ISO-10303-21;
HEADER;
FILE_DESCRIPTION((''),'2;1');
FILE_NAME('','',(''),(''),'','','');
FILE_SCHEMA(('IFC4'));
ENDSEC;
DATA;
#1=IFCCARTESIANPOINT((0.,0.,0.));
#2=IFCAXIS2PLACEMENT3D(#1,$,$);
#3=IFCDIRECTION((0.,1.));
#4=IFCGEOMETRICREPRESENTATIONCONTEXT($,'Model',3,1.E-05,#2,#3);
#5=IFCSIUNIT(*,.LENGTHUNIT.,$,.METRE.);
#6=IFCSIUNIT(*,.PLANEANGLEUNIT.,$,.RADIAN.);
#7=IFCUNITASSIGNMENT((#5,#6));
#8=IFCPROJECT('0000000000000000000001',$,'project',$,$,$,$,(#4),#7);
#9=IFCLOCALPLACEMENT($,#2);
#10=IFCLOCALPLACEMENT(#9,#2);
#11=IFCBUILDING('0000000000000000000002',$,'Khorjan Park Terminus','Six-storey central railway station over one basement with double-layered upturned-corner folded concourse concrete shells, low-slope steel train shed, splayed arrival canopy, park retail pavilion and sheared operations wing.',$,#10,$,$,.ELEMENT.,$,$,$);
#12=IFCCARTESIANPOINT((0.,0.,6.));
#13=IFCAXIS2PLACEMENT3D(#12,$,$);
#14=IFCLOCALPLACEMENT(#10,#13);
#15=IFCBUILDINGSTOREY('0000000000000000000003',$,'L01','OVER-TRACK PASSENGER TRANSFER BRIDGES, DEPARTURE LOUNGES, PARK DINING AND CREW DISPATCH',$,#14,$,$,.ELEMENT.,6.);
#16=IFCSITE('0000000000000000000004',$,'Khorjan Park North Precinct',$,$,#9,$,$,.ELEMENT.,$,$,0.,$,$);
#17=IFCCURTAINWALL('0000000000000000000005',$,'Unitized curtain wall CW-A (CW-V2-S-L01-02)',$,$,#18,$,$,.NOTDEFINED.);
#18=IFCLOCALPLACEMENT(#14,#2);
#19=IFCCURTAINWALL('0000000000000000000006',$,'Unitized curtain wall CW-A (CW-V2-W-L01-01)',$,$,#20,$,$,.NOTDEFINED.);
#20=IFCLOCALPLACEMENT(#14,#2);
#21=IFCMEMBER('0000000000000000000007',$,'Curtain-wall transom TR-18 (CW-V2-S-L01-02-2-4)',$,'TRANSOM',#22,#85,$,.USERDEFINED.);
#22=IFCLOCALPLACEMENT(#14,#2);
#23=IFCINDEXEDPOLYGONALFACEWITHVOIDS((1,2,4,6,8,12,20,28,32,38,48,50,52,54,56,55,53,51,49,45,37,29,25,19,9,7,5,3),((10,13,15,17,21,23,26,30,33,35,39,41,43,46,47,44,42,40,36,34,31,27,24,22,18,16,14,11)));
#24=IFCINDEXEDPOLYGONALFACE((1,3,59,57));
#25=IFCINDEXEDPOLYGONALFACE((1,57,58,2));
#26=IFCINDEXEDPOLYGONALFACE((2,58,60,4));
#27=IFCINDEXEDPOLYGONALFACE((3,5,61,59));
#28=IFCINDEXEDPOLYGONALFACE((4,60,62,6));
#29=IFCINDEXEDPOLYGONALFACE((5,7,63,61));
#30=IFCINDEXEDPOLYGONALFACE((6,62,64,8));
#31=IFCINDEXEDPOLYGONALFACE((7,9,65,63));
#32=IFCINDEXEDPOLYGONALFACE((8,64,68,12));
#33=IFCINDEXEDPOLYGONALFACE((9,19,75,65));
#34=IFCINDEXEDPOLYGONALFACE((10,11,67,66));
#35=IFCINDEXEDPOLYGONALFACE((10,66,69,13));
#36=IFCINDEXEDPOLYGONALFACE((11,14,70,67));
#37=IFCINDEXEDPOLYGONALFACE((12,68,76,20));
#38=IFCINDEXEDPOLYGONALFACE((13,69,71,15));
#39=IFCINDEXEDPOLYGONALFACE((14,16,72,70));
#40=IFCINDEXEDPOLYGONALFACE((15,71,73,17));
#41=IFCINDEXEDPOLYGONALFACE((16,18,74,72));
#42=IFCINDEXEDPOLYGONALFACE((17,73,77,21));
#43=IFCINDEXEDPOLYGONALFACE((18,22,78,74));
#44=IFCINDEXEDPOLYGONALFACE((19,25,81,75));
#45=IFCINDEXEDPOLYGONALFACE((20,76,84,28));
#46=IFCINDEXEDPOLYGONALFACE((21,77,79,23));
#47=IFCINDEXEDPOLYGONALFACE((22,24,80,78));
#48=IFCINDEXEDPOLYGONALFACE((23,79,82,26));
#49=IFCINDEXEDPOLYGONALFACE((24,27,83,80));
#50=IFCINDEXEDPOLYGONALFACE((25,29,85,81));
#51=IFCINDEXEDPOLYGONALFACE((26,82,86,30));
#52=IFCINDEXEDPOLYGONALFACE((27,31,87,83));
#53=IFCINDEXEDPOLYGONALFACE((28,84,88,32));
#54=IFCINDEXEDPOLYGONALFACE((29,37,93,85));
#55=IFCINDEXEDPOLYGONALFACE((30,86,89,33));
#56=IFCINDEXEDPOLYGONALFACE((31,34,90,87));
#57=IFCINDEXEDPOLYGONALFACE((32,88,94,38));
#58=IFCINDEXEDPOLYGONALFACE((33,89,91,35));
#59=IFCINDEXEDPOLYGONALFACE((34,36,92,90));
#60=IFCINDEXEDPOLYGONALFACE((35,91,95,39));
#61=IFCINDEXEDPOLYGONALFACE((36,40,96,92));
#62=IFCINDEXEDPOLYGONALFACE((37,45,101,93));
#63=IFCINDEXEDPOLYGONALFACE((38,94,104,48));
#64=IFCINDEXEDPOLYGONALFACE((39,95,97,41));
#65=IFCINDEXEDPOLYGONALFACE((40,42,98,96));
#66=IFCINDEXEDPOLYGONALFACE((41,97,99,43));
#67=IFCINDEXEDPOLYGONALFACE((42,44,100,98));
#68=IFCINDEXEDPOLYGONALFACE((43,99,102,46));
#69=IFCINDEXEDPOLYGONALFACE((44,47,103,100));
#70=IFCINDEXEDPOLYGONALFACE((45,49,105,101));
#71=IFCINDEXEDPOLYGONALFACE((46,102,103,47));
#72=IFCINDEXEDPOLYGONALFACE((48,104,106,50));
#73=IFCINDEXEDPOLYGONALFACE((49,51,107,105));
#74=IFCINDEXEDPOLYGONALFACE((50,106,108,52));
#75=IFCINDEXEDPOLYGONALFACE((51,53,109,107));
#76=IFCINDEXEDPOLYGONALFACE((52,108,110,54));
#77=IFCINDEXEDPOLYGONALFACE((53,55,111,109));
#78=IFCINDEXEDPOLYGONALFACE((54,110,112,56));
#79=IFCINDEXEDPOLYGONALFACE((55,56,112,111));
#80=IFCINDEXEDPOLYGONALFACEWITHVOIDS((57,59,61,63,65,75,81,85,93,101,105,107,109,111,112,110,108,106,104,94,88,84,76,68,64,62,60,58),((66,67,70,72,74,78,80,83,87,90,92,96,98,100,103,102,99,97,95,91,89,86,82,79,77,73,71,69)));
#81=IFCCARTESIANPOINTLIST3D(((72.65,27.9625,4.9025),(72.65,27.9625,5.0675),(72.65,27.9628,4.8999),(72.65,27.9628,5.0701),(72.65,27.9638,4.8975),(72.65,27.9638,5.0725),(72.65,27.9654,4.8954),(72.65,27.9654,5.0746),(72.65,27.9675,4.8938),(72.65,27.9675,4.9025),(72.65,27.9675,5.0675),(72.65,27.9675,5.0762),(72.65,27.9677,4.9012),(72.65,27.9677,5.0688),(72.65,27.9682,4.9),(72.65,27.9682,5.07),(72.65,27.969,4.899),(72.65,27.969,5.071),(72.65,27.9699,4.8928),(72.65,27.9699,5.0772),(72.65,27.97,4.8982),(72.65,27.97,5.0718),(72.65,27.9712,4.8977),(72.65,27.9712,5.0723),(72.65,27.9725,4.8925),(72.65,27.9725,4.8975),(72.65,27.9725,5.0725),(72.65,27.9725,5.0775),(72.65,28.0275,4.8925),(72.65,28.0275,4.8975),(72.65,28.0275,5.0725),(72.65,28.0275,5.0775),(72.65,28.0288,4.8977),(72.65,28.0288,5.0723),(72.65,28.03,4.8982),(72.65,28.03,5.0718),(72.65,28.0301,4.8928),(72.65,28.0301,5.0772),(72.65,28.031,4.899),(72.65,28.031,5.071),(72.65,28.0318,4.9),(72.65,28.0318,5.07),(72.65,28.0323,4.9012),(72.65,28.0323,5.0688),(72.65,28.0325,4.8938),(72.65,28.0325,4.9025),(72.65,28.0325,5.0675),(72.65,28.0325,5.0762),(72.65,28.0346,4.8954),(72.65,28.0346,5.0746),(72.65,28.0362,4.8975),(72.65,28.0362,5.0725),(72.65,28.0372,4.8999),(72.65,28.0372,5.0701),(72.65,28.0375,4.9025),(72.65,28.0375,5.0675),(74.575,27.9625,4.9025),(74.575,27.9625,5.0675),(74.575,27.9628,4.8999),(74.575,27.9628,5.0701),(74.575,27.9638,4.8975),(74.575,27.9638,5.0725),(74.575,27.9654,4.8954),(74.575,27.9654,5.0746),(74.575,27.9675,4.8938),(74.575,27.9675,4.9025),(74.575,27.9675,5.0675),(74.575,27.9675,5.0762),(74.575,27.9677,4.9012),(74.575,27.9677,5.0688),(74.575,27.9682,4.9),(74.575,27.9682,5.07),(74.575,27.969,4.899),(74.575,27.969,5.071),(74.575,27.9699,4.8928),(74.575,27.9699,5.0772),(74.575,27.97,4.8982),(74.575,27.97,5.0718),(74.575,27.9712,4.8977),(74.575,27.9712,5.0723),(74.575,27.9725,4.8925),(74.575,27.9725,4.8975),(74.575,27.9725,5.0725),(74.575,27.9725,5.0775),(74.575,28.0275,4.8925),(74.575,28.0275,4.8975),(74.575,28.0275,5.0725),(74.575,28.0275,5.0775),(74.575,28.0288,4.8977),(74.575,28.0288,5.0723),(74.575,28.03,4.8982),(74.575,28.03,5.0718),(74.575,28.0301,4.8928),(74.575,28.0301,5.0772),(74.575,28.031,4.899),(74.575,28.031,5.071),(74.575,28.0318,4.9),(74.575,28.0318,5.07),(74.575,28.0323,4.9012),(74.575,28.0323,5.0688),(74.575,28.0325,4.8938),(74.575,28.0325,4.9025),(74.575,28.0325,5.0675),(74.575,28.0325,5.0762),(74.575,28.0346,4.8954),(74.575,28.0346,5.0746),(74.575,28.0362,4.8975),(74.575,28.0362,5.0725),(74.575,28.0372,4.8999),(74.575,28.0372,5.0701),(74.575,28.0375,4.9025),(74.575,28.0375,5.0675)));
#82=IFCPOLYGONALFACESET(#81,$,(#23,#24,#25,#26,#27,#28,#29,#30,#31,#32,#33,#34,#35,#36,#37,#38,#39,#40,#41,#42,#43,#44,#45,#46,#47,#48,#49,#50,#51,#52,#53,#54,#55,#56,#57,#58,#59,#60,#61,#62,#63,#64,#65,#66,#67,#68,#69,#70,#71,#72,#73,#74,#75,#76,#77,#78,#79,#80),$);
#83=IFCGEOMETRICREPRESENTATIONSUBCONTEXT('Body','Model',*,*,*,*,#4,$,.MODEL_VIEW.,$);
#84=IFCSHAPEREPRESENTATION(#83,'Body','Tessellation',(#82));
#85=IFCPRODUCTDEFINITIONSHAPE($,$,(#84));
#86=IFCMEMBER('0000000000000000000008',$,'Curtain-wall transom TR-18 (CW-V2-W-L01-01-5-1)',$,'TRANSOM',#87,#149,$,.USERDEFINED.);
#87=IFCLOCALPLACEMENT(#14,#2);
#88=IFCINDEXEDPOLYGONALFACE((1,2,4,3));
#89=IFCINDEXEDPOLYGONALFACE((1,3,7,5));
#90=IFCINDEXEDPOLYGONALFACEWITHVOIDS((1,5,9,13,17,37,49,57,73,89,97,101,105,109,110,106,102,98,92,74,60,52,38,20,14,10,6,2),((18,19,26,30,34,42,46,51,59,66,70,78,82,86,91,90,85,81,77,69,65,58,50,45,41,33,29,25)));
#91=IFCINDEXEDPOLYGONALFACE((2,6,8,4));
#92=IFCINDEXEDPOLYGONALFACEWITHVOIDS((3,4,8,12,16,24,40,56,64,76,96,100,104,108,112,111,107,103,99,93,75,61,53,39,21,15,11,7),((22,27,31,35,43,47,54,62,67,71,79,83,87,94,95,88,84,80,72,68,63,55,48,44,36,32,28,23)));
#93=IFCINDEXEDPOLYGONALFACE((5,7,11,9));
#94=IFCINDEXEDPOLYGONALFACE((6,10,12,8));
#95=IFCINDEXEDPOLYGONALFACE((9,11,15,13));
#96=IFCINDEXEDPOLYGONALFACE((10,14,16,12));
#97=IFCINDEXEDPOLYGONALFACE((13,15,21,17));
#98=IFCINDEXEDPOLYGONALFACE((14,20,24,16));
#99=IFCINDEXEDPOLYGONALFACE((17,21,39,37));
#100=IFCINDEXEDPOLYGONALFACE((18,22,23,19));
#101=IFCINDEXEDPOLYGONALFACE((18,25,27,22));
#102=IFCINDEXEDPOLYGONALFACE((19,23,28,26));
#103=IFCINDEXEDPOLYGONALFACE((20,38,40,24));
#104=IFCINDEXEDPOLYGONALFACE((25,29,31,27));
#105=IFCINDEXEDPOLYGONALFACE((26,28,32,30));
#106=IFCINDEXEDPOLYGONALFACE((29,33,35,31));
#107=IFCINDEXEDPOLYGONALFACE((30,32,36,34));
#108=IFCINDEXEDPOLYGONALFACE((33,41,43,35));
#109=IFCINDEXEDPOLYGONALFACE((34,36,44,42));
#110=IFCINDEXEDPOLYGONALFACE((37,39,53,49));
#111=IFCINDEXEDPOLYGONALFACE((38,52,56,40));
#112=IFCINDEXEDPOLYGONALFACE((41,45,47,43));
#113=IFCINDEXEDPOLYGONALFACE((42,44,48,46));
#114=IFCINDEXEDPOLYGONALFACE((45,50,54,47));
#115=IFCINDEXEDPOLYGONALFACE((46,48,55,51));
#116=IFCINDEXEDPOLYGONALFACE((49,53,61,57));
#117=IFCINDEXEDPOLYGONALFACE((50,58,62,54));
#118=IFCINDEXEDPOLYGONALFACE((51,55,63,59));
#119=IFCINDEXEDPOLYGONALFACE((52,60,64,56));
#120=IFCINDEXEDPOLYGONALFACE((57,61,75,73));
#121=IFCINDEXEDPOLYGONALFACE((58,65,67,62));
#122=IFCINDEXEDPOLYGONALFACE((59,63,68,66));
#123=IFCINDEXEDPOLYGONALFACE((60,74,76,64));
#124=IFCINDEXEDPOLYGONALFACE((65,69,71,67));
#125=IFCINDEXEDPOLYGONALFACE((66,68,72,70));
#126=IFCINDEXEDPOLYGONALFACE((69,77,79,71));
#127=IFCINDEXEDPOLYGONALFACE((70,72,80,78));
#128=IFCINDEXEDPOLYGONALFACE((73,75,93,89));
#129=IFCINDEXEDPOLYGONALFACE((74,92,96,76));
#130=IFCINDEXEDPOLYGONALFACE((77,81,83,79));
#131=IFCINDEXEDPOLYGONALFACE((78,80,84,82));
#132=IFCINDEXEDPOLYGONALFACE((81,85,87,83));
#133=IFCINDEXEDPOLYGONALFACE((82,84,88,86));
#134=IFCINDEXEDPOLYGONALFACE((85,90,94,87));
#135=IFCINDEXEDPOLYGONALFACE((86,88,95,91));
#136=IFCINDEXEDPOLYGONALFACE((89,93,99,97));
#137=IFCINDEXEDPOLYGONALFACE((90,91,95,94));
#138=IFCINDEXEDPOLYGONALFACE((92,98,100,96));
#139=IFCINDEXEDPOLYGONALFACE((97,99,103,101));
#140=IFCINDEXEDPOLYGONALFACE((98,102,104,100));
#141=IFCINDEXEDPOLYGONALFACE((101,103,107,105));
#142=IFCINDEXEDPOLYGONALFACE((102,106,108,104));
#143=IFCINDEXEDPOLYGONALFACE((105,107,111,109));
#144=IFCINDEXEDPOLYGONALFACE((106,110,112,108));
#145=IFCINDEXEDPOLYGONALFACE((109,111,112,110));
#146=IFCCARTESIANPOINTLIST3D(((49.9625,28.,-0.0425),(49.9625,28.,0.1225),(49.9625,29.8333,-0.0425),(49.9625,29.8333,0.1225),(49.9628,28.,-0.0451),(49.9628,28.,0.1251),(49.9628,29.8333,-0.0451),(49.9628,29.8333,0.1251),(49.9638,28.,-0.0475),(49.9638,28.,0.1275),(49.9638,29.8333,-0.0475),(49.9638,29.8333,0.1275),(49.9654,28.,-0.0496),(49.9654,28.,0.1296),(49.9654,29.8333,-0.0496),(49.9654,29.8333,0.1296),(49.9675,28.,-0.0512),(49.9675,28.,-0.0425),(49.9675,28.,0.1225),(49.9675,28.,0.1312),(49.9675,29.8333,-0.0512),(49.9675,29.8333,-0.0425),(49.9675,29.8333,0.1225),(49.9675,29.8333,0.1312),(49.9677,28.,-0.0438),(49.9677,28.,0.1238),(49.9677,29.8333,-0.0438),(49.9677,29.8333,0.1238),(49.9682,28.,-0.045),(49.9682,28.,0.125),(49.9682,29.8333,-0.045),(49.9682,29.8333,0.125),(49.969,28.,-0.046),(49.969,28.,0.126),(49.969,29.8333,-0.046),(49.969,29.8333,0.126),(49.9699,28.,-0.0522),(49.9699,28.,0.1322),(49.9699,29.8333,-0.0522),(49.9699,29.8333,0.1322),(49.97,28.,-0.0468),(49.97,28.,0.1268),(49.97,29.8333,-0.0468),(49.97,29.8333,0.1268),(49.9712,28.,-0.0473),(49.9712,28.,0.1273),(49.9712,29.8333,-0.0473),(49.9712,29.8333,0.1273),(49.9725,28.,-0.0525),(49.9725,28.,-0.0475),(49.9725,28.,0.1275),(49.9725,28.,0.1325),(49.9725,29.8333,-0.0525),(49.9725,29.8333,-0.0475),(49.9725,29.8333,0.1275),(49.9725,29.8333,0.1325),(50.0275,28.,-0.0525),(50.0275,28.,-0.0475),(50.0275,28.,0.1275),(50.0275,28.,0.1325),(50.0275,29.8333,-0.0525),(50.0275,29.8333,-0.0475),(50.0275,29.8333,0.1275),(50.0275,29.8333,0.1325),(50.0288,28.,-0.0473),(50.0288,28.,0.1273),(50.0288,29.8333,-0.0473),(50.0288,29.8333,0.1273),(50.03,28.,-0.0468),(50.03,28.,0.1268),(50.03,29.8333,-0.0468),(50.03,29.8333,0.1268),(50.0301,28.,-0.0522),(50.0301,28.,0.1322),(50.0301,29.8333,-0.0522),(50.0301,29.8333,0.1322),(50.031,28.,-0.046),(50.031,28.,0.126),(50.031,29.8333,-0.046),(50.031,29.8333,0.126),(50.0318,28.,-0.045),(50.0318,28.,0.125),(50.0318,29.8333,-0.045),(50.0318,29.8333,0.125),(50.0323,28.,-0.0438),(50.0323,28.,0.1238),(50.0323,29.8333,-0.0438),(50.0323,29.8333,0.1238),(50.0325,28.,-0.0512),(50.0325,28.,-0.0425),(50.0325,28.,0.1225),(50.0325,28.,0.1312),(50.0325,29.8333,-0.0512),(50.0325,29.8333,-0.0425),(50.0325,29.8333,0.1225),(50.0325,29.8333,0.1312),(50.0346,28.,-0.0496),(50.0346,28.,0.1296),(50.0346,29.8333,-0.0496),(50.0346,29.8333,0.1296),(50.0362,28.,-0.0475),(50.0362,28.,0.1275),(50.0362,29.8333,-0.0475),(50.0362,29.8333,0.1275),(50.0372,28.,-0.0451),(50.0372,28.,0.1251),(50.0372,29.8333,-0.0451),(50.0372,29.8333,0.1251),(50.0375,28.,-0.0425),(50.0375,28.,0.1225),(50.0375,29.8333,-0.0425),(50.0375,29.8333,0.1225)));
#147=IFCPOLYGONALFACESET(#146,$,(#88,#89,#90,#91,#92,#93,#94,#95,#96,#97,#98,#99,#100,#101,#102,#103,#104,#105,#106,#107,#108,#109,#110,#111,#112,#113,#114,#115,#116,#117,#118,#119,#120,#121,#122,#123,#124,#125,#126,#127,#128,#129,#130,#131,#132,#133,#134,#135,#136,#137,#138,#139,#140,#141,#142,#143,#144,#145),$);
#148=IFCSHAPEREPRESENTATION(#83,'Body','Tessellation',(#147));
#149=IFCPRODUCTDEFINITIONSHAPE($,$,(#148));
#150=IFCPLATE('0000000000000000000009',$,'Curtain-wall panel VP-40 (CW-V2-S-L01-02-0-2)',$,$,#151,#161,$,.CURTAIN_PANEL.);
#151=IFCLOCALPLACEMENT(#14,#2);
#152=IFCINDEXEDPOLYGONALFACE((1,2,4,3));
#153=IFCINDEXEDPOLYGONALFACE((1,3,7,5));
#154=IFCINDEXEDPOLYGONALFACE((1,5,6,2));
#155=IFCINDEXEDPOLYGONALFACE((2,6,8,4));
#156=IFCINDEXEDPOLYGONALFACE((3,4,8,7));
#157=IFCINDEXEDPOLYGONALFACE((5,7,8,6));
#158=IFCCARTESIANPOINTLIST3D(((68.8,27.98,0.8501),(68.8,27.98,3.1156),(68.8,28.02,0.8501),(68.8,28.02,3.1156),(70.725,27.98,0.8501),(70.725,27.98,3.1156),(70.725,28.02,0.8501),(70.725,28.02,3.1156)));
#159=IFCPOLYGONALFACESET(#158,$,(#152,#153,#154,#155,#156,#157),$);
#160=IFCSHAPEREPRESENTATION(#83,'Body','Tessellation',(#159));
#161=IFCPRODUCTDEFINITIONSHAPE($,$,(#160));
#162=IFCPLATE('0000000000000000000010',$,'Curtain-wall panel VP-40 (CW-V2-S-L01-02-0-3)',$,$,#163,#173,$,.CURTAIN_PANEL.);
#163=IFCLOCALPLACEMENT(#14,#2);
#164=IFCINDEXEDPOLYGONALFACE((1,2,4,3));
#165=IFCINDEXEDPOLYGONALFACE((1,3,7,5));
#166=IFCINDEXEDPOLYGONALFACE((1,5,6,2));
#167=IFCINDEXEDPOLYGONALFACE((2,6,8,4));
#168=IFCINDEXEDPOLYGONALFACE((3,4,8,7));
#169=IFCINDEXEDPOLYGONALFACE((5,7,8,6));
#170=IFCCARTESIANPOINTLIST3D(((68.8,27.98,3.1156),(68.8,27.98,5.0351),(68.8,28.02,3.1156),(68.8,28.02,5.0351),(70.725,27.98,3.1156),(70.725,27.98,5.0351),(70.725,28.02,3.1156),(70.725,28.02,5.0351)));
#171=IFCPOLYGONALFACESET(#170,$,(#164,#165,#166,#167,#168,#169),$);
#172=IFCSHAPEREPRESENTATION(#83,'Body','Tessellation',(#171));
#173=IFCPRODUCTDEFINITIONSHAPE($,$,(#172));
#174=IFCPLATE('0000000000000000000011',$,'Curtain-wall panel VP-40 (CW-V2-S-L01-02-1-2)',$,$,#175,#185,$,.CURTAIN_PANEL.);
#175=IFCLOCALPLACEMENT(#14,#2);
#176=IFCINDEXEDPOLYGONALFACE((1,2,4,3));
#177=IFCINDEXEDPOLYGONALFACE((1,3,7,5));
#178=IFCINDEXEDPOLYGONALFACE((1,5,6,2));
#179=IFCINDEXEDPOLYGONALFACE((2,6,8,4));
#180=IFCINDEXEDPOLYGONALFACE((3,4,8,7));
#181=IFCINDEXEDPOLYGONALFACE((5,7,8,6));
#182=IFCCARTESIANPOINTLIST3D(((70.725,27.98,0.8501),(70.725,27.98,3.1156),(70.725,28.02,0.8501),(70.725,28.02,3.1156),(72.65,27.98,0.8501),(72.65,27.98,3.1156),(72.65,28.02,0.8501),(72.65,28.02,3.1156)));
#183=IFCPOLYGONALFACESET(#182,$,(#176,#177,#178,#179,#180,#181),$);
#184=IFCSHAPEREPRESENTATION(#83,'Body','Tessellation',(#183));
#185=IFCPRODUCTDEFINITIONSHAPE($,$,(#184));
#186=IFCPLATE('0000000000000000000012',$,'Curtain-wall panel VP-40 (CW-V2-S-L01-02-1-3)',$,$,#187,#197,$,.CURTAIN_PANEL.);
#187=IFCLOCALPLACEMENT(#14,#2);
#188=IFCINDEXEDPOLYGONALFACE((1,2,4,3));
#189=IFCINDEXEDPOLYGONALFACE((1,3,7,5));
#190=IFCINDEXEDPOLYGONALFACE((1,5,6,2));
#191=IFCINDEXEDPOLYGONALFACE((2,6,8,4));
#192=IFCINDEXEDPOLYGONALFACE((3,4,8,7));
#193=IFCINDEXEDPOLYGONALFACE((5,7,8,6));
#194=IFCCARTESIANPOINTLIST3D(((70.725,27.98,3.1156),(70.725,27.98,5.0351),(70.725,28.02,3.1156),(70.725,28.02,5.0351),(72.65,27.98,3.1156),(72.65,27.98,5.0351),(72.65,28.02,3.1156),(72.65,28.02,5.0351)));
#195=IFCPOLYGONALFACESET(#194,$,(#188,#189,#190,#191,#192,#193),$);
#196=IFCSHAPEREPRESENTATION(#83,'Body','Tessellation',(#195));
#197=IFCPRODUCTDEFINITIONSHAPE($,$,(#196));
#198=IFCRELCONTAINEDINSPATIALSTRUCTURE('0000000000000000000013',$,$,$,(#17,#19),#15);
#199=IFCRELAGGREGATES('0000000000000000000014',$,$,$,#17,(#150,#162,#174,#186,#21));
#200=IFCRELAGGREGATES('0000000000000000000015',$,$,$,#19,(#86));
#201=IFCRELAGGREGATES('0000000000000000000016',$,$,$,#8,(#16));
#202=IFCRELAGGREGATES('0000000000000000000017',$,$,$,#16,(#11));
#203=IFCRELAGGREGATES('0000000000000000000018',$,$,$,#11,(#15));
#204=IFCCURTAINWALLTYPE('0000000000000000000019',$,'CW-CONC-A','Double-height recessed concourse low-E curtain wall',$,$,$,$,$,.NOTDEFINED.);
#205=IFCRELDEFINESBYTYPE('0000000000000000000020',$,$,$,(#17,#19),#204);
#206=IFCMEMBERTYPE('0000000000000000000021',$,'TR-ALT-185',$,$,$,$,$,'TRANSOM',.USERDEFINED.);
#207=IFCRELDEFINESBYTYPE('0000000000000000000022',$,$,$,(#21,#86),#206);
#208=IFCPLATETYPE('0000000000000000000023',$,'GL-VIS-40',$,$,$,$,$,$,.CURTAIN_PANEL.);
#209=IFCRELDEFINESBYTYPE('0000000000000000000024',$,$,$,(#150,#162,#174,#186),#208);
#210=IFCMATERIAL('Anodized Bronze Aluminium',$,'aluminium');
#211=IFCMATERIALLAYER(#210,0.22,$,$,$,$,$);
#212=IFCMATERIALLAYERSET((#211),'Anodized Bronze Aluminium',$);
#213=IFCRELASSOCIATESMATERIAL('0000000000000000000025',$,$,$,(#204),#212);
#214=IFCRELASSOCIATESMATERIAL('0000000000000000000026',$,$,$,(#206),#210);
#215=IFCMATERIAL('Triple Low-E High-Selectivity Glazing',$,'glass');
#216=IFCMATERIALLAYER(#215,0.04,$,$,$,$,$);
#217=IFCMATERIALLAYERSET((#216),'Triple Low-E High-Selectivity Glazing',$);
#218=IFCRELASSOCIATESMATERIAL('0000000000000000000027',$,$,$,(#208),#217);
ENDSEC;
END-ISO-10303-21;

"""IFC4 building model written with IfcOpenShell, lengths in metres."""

from ifc_helpers import new_model, si_unit, direction, frame, origin, origin_2d, place, context, subcontext, project, spatial, rectangle, hollow_rectangle, extrude, material, layer, layer_set, material_profile, profile_set, type_object, element, aggregate, save


model = new_model("IFC4")

# Units and contexts
model_context = context("Model", 3, precision=1e-05, world=origin(), true_north=direction((0.0, 1.0)))
body_context = subcontext(model_context, "Body", "Model", "MODEL_VIEW")
ifc_project = project(units=[si_unit("LENGTHUNIT", "METRE"), si_unit("PLANEANGLEUNIT", "RADIAN")], contexts=[model_context])

# Site, building, storey
site_placement = place(None, origin())
site = spatial("IfcSite", under=ifc_project, at=site_placement, Name="Khorjan Park North Precinct", CompositionType="ELEMENT", RefElevation=0.0)
building_placement = place(site_placement, origin())
building = spatial("IfcBuilding", under=site, at=building_placement, Name="Khorjan Park Terminus", Description="Six-storey central railway station over one basement with double-layered upturned-corner folded concourse concrete shells, low-slope steel train shed, splayed arrival canopy, park retail pavilion and sheared operations wing.", CompositionType="ELEMENT")
storey_placement = place(building_placement, frame((0.0, 0.0, 6.0)))
storey = spatial("IfcBuildingStorey", under=building, at=storey_placement, Name="L01", Description="OVER-TRACK PASSENGER TRANSFER BRIDGES, DEPARTURE LOUNGES, PARK DINING AND CREW DISPATCH", CompositionType="ELEMENT", Elevation=6.0)

# Curtain wall
ifc_material_1 = material(Name="Anodized Bronze Aluminium", Category="aluminium")
ifc_layer_1 = layer(ifc_material_1, 0.22)
ifc_layer_set_1 = layer_set([ifc_layer_1], Name="Anodized Bronze Aluminium")
curtain_wall_type = type_object("IfcCurtainWallType", Name="CW-CONC-A", Description="Double-height recessed concourse low-E curtain wall", PredefinedType="NOTDEFINED", material=ifc_layer_set_1)
curtain_wall_1_placement = place(storey_placement, origin())
curtain_wall_1 = element("IfcCurtainWall", 1, at=curtain_wall_1_placement, inside=storey, type_object=curtain_wall_type, Name="Unitized curtain wall CW-A (CW-V2-S-L01-02)", PredefinedType="NOTDEFINED")

# Curtain wall
curtain_wall_2_placement = place(storey_placement, origin())
curtain_wall_2 = element("IfcCurtainWall", 2, at=curtain_wall_2_placement, inside=storey, type_object=curtain_wall_type, Name="Unitized curtain wall CW-A (CW-V2-W-L01-01)", PredefinedType="NOTDEFINED")

# Members
ifc_material_profile_1 = material_profile(ifc_material_1, hollow_rectangle(XDim=0.075, YDim=0.185, WallThickness=0.005, InnerFilletRadius=0.005, OuterFilletRadius=0.01, at=origin_2d()), Name="ALT 75x185x5")
ifc_profile_set_1 = profile_set([ifc_material_profile_1], Name="Anodized Bronze Aluminium")
member_type_1 = type_object("IfcMemberType", Name="TR-ALT-185", ElementType="TRANSOM", PredefinedType="USERDEFINED", material=ifc_profile_set_1)
member_1_placement = place(storey_placement, frame((72.65, 28.0, 4.985), z_axis=(1.0, 0.0, 0.0), x_axis=(0.0, 1.0, 0.0)))
member_1 = element("IfcMember", 3, at=member_1_placement, type_object=member_type_1, Name="Curtain-wall transom TR-18 (CW-V2-S-L01-02-2-4)", ObjectType="TRANSOM", PredefinedType="USERDEFINED", context=body_context, shape_type="SweptSolid", body=[
    extrude(hollow_rectangle(XDim=0.075, YDim=0.185, WallThickness=0.005, InnerFilletRadius=0.005, OuterFilletRadius=0.01, at=origin_2d()), origin(), (0.0, 0.0, 1.0), 1.925),
])
member_2_placement = place(storey_placement, frame((50.0, 29.8333, 0.04), z_axis=(0.0, -1.0, 0.0), x_axis=(1.0, 0.0, 0.0)))
member_2 = element("IfcMember", 4, at=member_2_placement, type_object=member_type_1, Name="Curtain-wall transom TR-18 (CW-V2-W-L01-01-5-1)", ObjectType="TRANSOM", PredefinedType="USERDEFINED", context=body_context, shape_type="SweptSolid", body=[
    extrude(hollow_rectangle(XDim=0.075, YDim=0.185, WallThickness=0.005, InnerFilletRadius=0.005, OuterFilletRadius=0.01, at=origin_2d()), origin(), (0.0, 0.0, 1.0), 1.8333),
])

# Plates
ifc_material_2 = material(Name="Triple Low-E High-Selectivity Glazing", Category="glass")
ifc_layer_2 = layer(ifc_material_2, 0.04)
ifc_layer_set_2 = layer_set([ifc_layer_2], Name="Triple Low-E High-Selectivity Glazing")
plate_type_1 = type_object("IfcPlateType", Name="GL-VIS-40", PredefinedType="CURTAIN_PANEL", material=ifc_layer_set_2)
plate_1_placement = place(storey_placement, frame((69.7625, 28.0, 0.8501), z_axis=(0.0, 0.0, 1.0), x_axis=(1.0, 0.0, 0.0)))
plate_1 = element("IfcPlate", 5, at=plate_1_placement, type_object=plate_type_1, Name="Curtain-wall panel VP-40 (CW-V2-S-L01-02-0-2)", PredefinedType="CURTAIN_PANEL", context=body_context, shape_type="SweptSolid", body=[
    extrude(rectangle(XDim=1.925, YDim=0.04, at=origin_2d()), origin(), (0.0, 0.0, 1.0), 2.2655),
])
plate_2_placement = place(storey_placement, frame((69.7625, 28.0, 3.1156), z_axis=(0.0, 0.0, 1.0), x_axis=(1.0, 0.0, 0.0)))
plate_2 = element("IfcPlate", 6, at=plate_2_placement, type_object=plate_type_1, Name="Curtain-wall panel VP-40 (CW-V2-S-L01-02-0-3)", PredefinedType="CURTAIN_PANEL", context=body_context, shape_type="SweptSolid", body=[
    extrude(rectangle(XDim=1.925, YDim=0.04, at=origin_2d()), origin(), (0.0, 0.0, 1.0), 1.9195),
])
plate_3_placement = place(storey_placement, frame((71.6875, 28.0, 0.8501), z_axis=(0.0, 0.0, 1.0), x_axis=(1.0, 0.0, 0.0)))
plate_3 = element("IfcPlate", 7, at=plate_3_placement, type_object=plate_type_1, Name="Curtain-wall panel VP-40 (CW-V2-S-L01-02-1-2)", PredefinedType="CURTAIN_PANEL", context=body_context, shape_type="SweptSolid", body=[
    extrude(rectangle(XDim=1.925, YDim=0.04, at=origin_2d()), origin(), (0.0, 0.0, 1.0), 2.2655),
])
plate_4_placement = place(storey_placement, frame((71.6875, 28.0, 3.1156), z_axis=(0.0, 0.0, 1.0), x_axis=(1.0, 0.0, 0.0)))
plate_4 = element("IfcPlate", 8, at=plate_4_placement, type_object=plate_type_1, Name="Curtain-wall panel VP-40 (CW-V2-S-L01-02-1-3)", PredefinedType="CURTAIN_PANEL", context=body_context, shape_type="SweptSolid", body=[
    extrude(rectangle(XDim=1.925, YDim=0.04, at=origin_2d()), origin(), (0.0, 0.0, 1.0), 1.9195),
])
aggregate(curtain_wall_1, [plate_1, plate_2, plate_3, plate_4, member_1])
aggregate(curtain_wall_2, [member_2])

save(model, "model.ifc")
